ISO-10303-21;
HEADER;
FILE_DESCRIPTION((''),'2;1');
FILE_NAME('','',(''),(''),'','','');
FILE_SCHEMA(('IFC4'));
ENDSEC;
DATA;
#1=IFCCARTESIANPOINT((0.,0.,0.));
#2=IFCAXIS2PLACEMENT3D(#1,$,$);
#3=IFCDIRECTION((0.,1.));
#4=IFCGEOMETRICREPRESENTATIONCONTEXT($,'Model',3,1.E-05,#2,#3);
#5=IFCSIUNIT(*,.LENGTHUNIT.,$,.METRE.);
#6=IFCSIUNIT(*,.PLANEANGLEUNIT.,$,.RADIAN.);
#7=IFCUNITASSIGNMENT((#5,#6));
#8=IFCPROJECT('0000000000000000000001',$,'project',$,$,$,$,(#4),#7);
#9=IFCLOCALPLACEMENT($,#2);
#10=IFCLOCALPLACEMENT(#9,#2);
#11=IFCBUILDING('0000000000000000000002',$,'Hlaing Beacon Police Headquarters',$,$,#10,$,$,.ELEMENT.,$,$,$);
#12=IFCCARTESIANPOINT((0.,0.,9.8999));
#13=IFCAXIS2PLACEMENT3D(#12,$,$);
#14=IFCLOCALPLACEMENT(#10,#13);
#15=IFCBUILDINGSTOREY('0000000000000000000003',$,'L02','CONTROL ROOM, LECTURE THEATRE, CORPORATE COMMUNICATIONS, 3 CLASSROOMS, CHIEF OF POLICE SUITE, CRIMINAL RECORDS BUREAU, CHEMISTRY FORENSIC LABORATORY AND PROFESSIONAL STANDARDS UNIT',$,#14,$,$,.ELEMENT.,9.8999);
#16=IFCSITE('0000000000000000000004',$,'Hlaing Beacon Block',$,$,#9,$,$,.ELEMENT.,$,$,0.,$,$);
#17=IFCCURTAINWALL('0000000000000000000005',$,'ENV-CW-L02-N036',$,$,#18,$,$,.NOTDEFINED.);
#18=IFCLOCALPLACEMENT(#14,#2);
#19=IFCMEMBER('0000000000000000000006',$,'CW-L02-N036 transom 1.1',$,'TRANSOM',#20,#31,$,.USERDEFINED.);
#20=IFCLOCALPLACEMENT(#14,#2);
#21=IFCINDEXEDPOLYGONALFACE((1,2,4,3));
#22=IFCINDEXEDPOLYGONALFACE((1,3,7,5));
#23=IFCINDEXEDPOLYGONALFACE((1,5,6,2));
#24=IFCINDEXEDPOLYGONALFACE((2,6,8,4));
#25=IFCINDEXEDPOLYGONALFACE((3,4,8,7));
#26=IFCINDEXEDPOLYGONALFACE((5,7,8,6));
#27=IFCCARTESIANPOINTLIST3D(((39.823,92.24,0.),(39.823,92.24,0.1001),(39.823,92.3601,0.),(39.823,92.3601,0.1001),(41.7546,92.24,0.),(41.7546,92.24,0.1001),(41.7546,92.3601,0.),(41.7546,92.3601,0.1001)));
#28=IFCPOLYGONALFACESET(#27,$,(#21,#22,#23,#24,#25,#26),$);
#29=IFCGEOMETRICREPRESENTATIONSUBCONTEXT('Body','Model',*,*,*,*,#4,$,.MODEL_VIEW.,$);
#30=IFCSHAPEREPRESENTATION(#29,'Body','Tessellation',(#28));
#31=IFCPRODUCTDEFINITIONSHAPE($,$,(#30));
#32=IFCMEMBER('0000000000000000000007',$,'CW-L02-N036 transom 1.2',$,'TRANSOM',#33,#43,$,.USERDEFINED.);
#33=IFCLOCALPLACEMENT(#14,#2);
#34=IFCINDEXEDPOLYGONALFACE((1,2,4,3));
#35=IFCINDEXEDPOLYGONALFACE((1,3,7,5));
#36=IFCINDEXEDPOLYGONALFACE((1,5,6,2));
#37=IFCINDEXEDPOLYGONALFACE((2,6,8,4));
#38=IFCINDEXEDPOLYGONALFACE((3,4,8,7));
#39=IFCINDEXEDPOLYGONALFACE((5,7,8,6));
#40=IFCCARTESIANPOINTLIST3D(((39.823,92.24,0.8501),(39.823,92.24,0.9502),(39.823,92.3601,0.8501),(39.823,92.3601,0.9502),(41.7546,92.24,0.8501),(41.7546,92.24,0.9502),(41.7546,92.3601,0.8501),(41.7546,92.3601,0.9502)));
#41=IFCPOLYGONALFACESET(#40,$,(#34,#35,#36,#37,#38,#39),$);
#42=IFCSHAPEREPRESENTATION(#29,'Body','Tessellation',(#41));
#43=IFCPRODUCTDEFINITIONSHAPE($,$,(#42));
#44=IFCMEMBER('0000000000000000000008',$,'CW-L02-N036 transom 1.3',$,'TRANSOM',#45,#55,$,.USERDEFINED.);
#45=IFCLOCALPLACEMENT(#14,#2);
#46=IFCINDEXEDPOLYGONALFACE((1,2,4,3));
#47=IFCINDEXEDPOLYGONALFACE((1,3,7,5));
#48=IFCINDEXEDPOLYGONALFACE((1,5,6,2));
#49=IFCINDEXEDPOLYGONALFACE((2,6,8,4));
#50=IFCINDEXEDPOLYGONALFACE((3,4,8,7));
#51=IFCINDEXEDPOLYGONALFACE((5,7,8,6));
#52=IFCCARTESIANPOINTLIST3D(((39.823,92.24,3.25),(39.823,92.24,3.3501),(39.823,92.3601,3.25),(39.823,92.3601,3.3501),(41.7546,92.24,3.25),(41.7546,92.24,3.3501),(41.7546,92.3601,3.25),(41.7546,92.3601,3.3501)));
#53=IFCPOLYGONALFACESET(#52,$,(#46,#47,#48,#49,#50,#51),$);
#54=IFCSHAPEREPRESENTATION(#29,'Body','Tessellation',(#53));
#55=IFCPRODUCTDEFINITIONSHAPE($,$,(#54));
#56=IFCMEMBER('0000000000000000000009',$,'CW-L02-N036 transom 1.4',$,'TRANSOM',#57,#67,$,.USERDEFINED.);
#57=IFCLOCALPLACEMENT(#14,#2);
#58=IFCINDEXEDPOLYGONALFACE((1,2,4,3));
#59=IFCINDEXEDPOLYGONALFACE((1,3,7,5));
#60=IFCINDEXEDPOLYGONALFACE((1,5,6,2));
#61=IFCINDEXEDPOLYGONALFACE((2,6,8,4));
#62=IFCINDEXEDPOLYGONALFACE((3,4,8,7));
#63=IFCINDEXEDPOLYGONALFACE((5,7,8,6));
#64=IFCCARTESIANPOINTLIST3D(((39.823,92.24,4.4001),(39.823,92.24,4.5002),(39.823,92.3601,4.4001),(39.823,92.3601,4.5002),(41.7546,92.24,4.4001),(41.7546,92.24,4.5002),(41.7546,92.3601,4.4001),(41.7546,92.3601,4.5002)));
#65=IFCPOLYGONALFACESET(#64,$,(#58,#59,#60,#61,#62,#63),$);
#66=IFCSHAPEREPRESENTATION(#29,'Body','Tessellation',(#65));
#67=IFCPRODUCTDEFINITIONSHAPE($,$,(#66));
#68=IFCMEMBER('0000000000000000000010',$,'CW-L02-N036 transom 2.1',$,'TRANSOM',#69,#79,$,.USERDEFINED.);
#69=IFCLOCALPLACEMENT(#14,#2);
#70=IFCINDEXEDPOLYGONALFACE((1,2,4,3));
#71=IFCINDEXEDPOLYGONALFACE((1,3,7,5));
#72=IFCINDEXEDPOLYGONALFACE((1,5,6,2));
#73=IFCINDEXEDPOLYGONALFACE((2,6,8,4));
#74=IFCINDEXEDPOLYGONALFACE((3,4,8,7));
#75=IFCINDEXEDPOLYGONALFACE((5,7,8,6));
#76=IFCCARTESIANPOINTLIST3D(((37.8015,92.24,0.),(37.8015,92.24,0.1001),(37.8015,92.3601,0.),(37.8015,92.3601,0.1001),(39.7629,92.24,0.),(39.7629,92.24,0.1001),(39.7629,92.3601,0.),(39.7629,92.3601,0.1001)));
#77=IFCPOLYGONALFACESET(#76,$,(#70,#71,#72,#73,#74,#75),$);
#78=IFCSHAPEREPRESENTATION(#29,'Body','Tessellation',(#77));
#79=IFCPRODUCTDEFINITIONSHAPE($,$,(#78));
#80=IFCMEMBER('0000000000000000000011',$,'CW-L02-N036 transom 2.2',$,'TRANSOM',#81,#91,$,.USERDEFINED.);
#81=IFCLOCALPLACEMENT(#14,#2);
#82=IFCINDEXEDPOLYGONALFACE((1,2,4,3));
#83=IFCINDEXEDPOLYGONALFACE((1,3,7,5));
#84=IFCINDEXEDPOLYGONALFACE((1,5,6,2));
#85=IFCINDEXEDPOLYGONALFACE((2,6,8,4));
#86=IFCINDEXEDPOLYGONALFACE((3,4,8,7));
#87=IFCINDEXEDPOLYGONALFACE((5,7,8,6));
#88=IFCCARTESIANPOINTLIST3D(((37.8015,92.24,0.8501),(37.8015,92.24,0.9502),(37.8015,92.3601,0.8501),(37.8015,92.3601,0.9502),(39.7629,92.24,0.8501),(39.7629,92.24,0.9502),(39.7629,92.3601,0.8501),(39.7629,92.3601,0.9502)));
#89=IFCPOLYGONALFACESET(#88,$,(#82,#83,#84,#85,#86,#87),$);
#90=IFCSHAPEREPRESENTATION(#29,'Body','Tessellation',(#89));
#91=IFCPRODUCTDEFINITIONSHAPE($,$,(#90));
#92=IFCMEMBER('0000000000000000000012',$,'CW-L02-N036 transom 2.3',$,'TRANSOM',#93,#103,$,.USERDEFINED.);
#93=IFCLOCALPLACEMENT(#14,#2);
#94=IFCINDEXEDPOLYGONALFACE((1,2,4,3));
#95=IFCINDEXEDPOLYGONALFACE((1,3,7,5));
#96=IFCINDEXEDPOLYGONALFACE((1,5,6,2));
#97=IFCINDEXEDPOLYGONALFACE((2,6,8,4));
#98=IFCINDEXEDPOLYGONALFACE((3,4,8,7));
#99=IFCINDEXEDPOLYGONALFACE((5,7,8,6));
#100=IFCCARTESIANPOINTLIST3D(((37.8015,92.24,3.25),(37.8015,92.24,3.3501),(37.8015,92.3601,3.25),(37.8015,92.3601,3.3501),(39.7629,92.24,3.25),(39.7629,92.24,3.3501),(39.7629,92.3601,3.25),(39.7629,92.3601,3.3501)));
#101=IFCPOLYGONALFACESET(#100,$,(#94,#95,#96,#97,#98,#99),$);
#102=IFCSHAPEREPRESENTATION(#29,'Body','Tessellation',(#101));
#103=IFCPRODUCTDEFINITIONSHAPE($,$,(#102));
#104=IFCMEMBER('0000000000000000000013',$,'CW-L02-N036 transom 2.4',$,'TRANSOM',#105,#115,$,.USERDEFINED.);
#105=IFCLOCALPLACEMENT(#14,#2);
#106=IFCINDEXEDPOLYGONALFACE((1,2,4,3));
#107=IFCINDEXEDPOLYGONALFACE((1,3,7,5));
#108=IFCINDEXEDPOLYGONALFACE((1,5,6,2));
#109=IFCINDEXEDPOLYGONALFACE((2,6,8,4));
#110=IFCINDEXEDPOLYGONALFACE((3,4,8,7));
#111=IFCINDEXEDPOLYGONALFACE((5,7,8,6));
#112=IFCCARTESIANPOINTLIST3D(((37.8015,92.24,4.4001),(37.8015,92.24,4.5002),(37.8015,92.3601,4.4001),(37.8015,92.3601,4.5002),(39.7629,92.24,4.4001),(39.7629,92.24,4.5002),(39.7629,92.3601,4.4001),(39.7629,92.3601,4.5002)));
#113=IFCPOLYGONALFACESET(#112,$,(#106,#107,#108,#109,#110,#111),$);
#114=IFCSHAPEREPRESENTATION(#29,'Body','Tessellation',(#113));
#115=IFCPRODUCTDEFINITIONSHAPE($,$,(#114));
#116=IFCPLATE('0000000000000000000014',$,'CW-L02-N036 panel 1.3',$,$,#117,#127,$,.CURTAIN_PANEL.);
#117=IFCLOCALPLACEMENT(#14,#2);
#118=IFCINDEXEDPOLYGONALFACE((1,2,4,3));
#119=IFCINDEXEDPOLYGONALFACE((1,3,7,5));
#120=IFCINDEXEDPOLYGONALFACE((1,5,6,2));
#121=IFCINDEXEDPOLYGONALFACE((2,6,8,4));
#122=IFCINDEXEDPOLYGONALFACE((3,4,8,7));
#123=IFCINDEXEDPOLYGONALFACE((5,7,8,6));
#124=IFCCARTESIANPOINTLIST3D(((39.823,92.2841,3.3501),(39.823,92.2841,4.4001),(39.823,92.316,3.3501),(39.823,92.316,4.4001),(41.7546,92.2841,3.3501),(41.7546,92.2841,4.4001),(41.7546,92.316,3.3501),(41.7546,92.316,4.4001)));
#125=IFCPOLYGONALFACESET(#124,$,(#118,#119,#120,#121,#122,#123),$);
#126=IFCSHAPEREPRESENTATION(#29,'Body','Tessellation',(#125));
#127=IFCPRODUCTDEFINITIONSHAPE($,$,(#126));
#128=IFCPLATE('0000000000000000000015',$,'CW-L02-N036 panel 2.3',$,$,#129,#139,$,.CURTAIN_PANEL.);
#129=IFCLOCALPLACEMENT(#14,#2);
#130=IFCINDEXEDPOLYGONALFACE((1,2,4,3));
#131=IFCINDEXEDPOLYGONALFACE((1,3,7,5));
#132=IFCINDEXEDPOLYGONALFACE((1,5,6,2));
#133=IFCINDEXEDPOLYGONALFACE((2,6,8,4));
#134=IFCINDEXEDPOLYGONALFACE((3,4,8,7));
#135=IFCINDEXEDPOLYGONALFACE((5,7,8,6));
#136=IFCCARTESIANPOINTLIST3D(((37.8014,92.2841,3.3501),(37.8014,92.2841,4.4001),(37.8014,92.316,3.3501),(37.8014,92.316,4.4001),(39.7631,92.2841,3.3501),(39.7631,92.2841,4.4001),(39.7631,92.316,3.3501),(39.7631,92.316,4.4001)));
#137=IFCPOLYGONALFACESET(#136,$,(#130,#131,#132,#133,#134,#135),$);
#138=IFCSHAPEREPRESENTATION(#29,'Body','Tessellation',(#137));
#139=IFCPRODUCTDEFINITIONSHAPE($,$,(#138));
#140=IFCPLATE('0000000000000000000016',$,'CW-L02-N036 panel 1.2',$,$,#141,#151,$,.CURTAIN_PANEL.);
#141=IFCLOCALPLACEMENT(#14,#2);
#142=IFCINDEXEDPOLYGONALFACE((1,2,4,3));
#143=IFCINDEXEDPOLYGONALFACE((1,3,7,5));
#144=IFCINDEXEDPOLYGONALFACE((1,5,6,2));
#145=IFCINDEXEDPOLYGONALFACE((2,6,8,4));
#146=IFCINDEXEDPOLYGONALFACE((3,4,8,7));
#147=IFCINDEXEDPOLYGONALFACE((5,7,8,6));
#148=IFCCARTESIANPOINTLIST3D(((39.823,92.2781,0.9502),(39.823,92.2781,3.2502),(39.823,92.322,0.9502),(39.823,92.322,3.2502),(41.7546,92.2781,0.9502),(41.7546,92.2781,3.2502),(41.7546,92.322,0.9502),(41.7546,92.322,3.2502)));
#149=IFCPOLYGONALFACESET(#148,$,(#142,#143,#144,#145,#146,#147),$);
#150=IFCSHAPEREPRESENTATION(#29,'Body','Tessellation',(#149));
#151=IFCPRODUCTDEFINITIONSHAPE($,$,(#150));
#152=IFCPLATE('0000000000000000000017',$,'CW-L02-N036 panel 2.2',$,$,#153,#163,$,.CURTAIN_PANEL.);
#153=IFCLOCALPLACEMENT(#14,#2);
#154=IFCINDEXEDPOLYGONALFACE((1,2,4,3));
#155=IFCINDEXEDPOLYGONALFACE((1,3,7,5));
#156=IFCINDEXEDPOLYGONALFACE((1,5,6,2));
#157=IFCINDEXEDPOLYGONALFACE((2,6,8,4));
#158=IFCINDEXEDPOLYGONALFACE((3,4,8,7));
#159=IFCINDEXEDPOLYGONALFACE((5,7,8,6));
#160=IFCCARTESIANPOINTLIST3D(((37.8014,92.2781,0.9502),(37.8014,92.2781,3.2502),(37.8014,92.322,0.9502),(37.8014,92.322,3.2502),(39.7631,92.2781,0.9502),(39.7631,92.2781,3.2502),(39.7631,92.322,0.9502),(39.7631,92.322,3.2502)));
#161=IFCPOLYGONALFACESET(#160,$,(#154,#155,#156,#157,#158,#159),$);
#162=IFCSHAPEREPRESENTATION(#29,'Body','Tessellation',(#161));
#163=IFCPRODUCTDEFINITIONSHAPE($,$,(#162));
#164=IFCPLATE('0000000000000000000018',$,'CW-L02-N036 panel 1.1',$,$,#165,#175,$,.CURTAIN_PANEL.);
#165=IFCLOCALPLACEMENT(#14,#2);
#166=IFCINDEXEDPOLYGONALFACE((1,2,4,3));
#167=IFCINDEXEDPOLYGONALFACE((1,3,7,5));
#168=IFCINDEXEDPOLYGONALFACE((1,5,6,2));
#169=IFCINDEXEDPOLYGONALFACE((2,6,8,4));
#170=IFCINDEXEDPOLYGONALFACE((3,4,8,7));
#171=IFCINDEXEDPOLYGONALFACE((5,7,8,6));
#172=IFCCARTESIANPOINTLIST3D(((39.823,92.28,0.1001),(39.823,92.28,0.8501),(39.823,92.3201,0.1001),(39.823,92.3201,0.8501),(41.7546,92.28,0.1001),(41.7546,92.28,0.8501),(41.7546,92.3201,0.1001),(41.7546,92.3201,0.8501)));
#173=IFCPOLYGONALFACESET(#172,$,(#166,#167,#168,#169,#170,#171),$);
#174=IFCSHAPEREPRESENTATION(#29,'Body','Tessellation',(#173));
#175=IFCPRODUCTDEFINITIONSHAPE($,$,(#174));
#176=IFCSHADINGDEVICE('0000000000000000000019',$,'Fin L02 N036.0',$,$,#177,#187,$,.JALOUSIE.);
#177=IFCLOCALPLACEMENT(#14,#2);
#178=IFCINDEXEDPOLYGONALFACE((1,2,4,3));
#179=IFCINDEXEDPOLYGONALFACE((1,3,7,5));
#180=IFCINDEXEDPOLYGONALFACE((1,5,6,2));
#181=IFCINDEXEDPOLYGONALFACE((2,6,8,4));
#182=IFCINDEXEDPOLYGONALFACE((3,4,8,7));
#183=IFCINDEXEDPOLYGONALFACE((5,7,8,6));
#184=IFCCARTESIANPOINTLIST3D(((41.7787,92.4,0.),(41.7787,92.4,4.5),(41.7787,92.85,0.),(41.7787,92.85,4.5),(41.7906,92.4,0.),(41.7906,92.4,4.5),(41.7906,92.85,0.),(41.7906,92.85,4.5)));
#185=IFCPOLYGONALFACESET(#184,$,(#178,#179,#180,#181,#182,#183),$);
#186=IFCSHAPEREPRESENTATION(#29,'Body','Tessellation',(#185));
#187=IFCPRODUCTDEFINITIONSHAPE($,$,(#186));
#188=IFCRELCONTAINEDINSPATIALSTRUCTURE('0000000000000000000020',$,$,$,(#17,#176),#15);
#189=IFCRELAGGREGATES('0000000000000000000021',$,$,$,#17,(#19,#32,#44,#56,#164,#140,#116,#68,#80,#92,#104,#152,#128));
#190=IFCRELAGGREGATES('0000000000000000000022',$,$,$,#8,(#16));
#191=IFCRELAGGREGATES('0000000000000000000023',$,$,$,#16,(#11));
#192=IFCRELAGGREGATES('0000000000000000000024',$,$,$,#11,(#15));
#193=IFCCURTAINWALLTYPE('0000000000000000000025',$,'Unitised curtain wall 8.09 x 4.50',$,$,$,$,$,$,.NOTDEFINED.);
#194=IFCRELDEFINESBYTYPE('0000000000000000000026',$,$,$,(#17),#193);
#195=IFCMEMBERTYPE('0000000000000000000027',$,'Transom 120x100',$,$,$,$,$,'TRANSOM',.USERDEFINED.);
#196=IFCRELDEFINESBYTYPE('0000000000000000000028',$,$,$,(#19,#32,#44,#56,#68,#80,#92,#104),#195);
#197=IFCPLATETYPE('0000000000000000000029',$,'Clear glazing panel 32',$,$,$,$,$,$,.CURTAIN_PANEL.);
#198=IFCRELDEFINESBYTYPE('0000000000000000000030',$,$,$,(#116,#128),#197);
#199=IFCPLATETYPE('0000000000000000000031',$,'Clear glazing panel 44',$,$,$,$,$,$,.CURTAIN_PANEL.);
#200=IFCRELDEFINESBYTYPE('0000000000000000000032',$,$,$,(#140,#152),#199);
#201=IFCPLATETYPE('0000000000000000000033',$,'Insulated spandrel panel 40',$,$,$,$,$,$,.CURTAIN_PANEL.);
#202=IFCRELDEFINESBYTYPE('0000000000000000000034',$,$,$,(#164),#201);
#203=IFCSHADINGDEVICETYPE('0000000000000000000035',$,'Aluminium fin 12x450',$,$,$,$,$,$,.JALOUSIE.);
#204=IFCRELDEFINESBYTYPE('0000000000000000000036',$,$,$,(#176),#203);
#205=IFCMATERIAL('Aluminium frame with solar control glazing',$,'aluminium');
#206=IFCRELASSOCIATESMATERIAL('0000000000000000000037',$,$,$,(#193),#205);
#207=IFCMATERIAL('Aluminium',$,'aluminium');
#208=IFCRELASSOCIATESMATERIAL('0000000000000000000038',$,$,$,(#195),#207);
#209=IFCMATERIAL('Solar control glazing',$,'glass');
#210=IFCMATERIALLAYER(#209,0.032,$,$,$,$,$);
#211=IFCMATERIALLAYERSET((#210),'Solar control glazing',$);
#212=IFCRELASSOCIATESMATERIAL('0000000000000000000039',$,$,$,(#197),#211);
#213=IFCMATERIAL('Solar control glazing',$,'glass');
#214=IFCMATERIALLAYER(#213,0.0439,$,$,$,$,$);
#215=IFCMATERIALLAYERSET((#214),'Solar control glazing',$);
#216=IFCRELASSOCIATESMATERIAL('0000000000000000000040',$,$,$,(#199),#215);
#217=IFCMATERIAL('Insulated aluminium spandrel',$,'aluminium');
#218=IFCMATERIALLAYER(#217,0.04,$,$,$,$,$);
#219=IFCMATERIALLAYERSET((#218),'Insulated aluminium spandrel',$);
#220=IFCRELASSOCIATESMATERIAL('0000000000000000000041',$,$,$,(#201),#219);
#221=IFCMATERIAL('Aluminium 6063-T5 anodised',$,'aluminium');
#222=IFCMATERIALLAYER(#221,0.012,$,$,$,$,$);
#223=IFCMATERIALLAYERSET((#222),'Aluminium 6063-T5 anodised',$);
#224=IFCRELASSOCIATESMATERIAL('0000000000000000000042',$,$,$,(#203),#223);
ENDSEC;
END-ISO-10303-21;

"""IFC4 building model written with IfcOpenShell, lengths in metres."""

from ifc_helpers import new_model, si_unit, direction, frame, origin, origin_2d, place, context, subcontext, project, spatial, rectangle, extrude, material, layer, layer_set, material_profile, profile_set, type_object, element, aggregate, save


model = new_model("IFC4")

# Units and contexts
model_context = context("Model", 3, precision=1e-05, world=origin(), true_north=direction((0.0, 1.0)))
body_context = subcontext(model_context, "Body", "Model", "MODEL_VIEW")
ifc_project = project(units=[si_unit("LENGTHUNIT", "METRE"), si_unit("PLANEANGLEUNIT", "RADIAN")], contexts=[model_context])

# Site, building, storey
site_placement = place(None, origin())
site = spatial("IfcSite", under=ifc_project, at=site_placement, Name="Hlaing Beacon Block", CompositionType="ELEMENT", RefElevation=0.0)
building_placement = place(site_placement, origin())
building = spatial("IfcBuilding", under=site, at=building_placement, Name="Hlaing Beacon Police Headquarters", CompositionType="ELEMENT")
storey_placement = place(building_placement, frame((0.0, 0.0, 9.8999)))
storey = spatial("IfcBuildingStorey", under=building, at=storey_placement, Name="L02", Description="CONTROL ROOM, LECTURE THEATRE, CORPORATE COMMUNICATIONS, 3 CLASSROOMS, CHIEF OF POLICE SUITE, CRIMINAL RECORDS BUREAU, CHEMISTRY FORENSIC LABORATORY AND PROFESSIONAL STANDARDS UNIT", CompositionType="ELEMENT", Elevation=9.8999)

# Curtain wall, members, plates
ifc_material_1 = material(Name="Aluminium frame with solar control glazing", Category="aluminium")
curtain_wall_type = type_object("IfcCurtainWallType", Name="Unitised curtain wall 8.09 x 4.50", PredefinedType="NOTDEFINED", material=ifc_material_1)
curtain_wall_placement = place(storey_placement, origin())
curtain_wall = element("IfcCurtainWall", 1, at=curtain_wall_placement, inside=storey, type_object=curtain_wall_type, Name="ENV-CW-L02-N036", PredefinedType="NOTDEFINED")
ifc_material_2 = material(Name="Aluminium", Category="aluminium")
ifc_material_profile_1 = material_profile(ifc_material_2, rectangle(XDim=0.1201, YDim=0.1001, at=origin_2d()), Name="Transom 120x100")
ifc_profile_set_1 = profile_set([ifc_material_profile_1], Name="Aluminium")
member_type_1 = type_object("IfcMemberType", Name="Transom 120x100", ElementType="TRANSOM", PredefinedType="USERDEFINED", material=ifc_profile_set_1)
member_1_placement = place(storey_placement, frame((41.7546, 92.3, 0.05), z_axis=(-1.0, 0.0, 0.0), x_axis=(0.0, -1.0, 0.0)))
member_1 = element("IfcMember", 2, at=member_1_placement, type_object=member_type_1, Name="CW-L02-N036 transom 1.1", ObjectType="TRANSOM", PredefinedType="USERDEFINED", context=body_context, shape_type="SweptSolid", body=[
    extrude(rectangle(XDim=0.1201, YDim=0.1001, at=origin_2d()), origin(), (0.0, 0.0, 1.0), 1.9316),
])
member_2_placement = place(storey_placement, frame((41.7546, 92.3, 0.9001), z_axis=(-1.0, 0.0, 0.0), x_axis=(0.0, -1.0, 0.0)))
member_2 = element("IfcMember", 3, at=member_2_placement, type_object=member_type_1, Name="CW-L02-N036 transom 1.2", ObjectType="TRANSOM", PredefinedType="USERDEFINED", context=body_context, shape_type="SweptSolid", body=[
    extrude(rectangle(XDim=0.1201, YDim=0.1001, at=origin_2d()), origin(), (0.0, 0.0, 1.0), 1.9316),
])
member_3_placement = place(storey_placement, frame((41.7546, 92.3, 3.3), z_axis=(-1.0, 0.0, 0.0), x_axis=(0.0, -1.0, 0.0)))
member_3 = element("IfcMember", 4, at=member_3_placement, type_object=member_type_1, Name="CW-L02-N036 transom 1.3", ObjectType="TRANSOM", PredefinedType="USERDEFINED", context=body_context, shape_type="SweptSolid", body=[
    extrude(rectangle(XDim=0.1201, YDim=0.1001, at=origin_2d()), origin(), (0.0, 0.0, 1.0), 1.9316),
])
member_4_placement = place(storey_placement, frame((41.7546, 92.3, 4.4502), z_axis=(-1.0, 0.0, 0.0), x_axis=(0.0, -1.0, 0.0)))
member_4 = element("IfcMember", 5, at=member_4_placement, type_object=member_type_1, Name="CW-L02-N036 transom 1.4", ObjectType="TRANSOM", PredefinedType="USERDEFINED", context=body_context, shape_type="SweptSolid", body=[
    extrude(rectangle(XDim=0.1201, YDim=0.1001, at=origin_2d()), origin(), (0.0, 0.0, 1.0), 1.9316),
])
member_5_placement = place(storey_placement, frame((39.7629, 92.3, 0.05), z_axis=(-1.0, 0.0, 0.0), x_axis=(0.0, -1.0, 0.0)))
member_5 = element("IfcMember", 6, at=member_5_placement, type_object=member_type_1, Name="CW-L02-N036 transom 2.1", ObjectType="TRANSOM", PredefinedType="USERDEFINED", context=body_context, shape_type="SweptSolid", body=[
    extrude(rectangle(XDim=0.1201, YDim=0.1001, at=origin_2d()), origin(), (0.0, 0.0, 1.0), 1.9614),
])
member_6_placement = place(storey_placement, frame((39.7629, 92.3, 0.9001), z_axis=(-1.0, 0.0, 0.0), x_axis=(0.0, -1.0, 0.0)))
member_6 = element("IfcMember", 7, at=member_6_placement, type_object=member_type_1, Name="CW-L02-N036 transom 2.2", ObjectType="TRANSOM", PredefinedType="USERDEFINED", context=body_context, shape_type="SweptSolid", body=[
    extrude(rectangle(XDim=0.1201, YDim=0.1001, at=origin_2d()), origin(), (0.0, 0.0, 1.0), 1.9614),
])
member_7_placement = place(storey_placement, frame((39.7629, 92.3, 3.3), z_axis=(-1.0, 0.0, 0.0), x_axis=(0.0, -1.0, 0.0)))
member_7 = element("IfcMember", 8, at=member_7_placement, type_object=member_type_1, Name="CW-L02-N036 transom 2.3", ObjectType="TRANSOM", PredefinedType="USERDEFINED", context=body_context, shape_type="SweptSolid", body=[
    extrude(rectangle(XDim=0.1201, YDim=0.1001, at=origin_2d()), origin(), (0.0, 0.0, 1.0), 1.9614),
])
member_8_placement = place(storey_placement, frame((39.7629, 92.3, 4.4502), z_axis=(-1.0, 0.0, 0.0), x_axis=(0.0, -1.0, 0.0)))
member_8 = element("IfcMember", 9, at=member_8_placement, type_object=member_type_1, Name="CW-L02-N036 transom 2.4", ObjectType="TRANSOM", PredefinedType="USERDEFINED", context=body_context, shape_type="SweptSolid", body=[
    extrude(rectangle(XDim=0.1201, YDim=0.1001, at=origin_2d()), origin(), (0.0, 0.0, 1.0), 1.9614),
])
ifc_material_3 = material(Name="Solar control glazing", Category="glass")
ifc_layer_1 = layer(ifc_material_3, 0.032)
ifc_layer_set_1 = layer_set([ifc_layer_1], Name="Solar control glazing")
plate_type_1 = type_object("IfcPlateType", Name="Clear glazing panel 32", PredefinedType="CURTAIN_PANEL", material=ifc_layer_set_1)
plate_1_placement = place(storey_placement, frame((40.7888, 92.3, 3.3501), z_axis=(0.0, 0.0, 1.0), x_axis=(-1.0, 0.0, 0.0)))
plate_1 = element("IfcPlate", 10, at=plate_1_placement, type_object=plate_type_1, Name="CW-L02-N036 panel 1.3", PredefinedType="CURTAIN_PANEL", context=body_context, shape_type="SweptSolid", body=[
    extrude(rectangle(XDim=1.9316, YDim=0.032, at=origin_2d()), origin(), (0.0, 0.0, 1.0), 1.05),
])
plate_2_placement = place(storey_placement, frame((38.7822, 92.3, 3.3501), z_axis=(0.0, 0.0, 1.0), x_axis=(-1.0, 0.0, 0.0)))
plate_2 = element("IfcPlate", 11, at=plate_2_placement, type_object=plate_type_1, Name="CW-L02-N036 panel 2.3", PredefinedType="CURTAIN_PANEL", context=body_context, shape_type="SweptSolid", body=[
    extrude(rectangle(XDim=1.9617, YDim=0.032, at=origin_2d()), origin(), (0.0, 0.0, 1.0), 1.05),
])
ifc_material_4 = material(Name="Solar control glazing", Category="glass")
ifc_layer_2 = layer(ifc_material_4, 0.0439)
ifc_layer_set_2 = layer_set([ifc_layer_2], Name="Solar control glazing")
plate_type_2 = type_object("IfcPlateType", Name="Clear glazing panel 44", PredefinedType="CURTAIN_PANEL", material=ifc_layer_set_2)
plate_3_placement = place(storey_placement, frame((40.7888, 92.3, 0.9502), z_axis=(0.0, 0.0, 1.0), x_axis=(-1.0, 0.0, 0.0)))
plate_3 = element("IfcPlate", 12, at=plate_3_placement, type_object=plate_type_2, Name="CW-L02-N036 panel 1.2", PredefinedType="CURTAIN_PANEL", context=body_context, shape_type="SweptSolid", body=[
    extrude(rectangle(XDim=1.9316, YDim=0.0439, at=origin_2d()), origin(), (0.0, 0.0, 1.0), 2.3),
])
plate_4_placement = place(storey_placement, frame((38.7822, 92.3, 0.9502), z_axis=(0.0, 0.0, 1.0), x_axis=(-1.0, 0.0, 0.0)))
plate_4 = element("IfcPlate", 13, at=plate_4_placement, type_object=plate_type_2, Name="CW-L02-N036 panel 2.2", PredefinedType="CURTAIN_PANEL", context=body_context, shape_type="SweptSolid", body=[
    extrude(rectangle(XDim=1.9617, YDim=0.0439, at=origin_2d()), origin(), (0.0, 0.0, 1.0), 2.3),
])
ifc_material_5 = material(Name="Insulated aluminium spandrel", Category="aluminium")
ifc_layer_3 = layer(ifc_material_5, 0.04)
ifc_layer_set_3 = layer_set([ifc_layer_3], Name="Insulated aluminium spandrel")
plate_type_3 = type_object("IfcPlateType", Name="Insulated spandrel panel 40", PredefinedType="CURTAIN_PANEL", material=ifc_layer_set_3)
plate_5_placement = place(storey_placement, frame((40.7888, 92.3, 0.1001), z_axis=(0.0, 0.0, 1.0), x_axis=(-1.0, 0.0, 0.0)))
plate_5 = element("IfcPlate", 14, at=plate_5_placement, type_object=plate_type_3, Name="CW-L02-N036 panel 1.1", PredefinedType="CURTAIN_PANEL", context=body_context, shape_type="SweptSolid", body=[
    extrude(rectangle(XDim=1.9316, YDim=0.04, at=origin_2d()), origin(), (0.0, 0.0, 1.0), 0.75),
])
aggregate(curtain_wall, [member_1, member_2, member_3, member_4, plate_5, plate_3, plate_1, member_5, member_6, member_7, member_8, plate_4, plate_2])

# Shading device
ifc_material_6 = material(Name="Aluminium 6063-T5 anodised", Category="aluminium")
ifc_layer_4 = layer(ifc_material_6, 0.012)
ifc_layer_set_4 = layer_set([ifc_layer_4], Name="Aluminium 6063-T5 anodised")
shading_device_type = type_object("IfcShadingDeviceType", Name="Aluminium fin 12x450", PredefinedType="JALOUSIE", material=ifc_layer_set_4)
for number, where, z_axis, x_axis, name in (
    (15, (41.7847, 92.625, 0.0), (0.0, 0.0, 1.0), (-1.0, 0.0, 0.0), "Fin L02 N036.0"),
):
    element("IfcShadingDevice", number, at=place(storey_placement, frame(where, z_axis=z_axis, x_axis=x_axis)), inside=storey, type_object=shading_device_type, Name=name, PredefinedType="JALOUSIE", context=body_context, shape_type="SweptSolid", body=[
        extrude(rectangle(XDim=0.012, YDim=0.45, at=origin_2d()), origin(), (0.0, 0.0, 1.0), 4.5),
    ])

save(model, "model.ifc")
